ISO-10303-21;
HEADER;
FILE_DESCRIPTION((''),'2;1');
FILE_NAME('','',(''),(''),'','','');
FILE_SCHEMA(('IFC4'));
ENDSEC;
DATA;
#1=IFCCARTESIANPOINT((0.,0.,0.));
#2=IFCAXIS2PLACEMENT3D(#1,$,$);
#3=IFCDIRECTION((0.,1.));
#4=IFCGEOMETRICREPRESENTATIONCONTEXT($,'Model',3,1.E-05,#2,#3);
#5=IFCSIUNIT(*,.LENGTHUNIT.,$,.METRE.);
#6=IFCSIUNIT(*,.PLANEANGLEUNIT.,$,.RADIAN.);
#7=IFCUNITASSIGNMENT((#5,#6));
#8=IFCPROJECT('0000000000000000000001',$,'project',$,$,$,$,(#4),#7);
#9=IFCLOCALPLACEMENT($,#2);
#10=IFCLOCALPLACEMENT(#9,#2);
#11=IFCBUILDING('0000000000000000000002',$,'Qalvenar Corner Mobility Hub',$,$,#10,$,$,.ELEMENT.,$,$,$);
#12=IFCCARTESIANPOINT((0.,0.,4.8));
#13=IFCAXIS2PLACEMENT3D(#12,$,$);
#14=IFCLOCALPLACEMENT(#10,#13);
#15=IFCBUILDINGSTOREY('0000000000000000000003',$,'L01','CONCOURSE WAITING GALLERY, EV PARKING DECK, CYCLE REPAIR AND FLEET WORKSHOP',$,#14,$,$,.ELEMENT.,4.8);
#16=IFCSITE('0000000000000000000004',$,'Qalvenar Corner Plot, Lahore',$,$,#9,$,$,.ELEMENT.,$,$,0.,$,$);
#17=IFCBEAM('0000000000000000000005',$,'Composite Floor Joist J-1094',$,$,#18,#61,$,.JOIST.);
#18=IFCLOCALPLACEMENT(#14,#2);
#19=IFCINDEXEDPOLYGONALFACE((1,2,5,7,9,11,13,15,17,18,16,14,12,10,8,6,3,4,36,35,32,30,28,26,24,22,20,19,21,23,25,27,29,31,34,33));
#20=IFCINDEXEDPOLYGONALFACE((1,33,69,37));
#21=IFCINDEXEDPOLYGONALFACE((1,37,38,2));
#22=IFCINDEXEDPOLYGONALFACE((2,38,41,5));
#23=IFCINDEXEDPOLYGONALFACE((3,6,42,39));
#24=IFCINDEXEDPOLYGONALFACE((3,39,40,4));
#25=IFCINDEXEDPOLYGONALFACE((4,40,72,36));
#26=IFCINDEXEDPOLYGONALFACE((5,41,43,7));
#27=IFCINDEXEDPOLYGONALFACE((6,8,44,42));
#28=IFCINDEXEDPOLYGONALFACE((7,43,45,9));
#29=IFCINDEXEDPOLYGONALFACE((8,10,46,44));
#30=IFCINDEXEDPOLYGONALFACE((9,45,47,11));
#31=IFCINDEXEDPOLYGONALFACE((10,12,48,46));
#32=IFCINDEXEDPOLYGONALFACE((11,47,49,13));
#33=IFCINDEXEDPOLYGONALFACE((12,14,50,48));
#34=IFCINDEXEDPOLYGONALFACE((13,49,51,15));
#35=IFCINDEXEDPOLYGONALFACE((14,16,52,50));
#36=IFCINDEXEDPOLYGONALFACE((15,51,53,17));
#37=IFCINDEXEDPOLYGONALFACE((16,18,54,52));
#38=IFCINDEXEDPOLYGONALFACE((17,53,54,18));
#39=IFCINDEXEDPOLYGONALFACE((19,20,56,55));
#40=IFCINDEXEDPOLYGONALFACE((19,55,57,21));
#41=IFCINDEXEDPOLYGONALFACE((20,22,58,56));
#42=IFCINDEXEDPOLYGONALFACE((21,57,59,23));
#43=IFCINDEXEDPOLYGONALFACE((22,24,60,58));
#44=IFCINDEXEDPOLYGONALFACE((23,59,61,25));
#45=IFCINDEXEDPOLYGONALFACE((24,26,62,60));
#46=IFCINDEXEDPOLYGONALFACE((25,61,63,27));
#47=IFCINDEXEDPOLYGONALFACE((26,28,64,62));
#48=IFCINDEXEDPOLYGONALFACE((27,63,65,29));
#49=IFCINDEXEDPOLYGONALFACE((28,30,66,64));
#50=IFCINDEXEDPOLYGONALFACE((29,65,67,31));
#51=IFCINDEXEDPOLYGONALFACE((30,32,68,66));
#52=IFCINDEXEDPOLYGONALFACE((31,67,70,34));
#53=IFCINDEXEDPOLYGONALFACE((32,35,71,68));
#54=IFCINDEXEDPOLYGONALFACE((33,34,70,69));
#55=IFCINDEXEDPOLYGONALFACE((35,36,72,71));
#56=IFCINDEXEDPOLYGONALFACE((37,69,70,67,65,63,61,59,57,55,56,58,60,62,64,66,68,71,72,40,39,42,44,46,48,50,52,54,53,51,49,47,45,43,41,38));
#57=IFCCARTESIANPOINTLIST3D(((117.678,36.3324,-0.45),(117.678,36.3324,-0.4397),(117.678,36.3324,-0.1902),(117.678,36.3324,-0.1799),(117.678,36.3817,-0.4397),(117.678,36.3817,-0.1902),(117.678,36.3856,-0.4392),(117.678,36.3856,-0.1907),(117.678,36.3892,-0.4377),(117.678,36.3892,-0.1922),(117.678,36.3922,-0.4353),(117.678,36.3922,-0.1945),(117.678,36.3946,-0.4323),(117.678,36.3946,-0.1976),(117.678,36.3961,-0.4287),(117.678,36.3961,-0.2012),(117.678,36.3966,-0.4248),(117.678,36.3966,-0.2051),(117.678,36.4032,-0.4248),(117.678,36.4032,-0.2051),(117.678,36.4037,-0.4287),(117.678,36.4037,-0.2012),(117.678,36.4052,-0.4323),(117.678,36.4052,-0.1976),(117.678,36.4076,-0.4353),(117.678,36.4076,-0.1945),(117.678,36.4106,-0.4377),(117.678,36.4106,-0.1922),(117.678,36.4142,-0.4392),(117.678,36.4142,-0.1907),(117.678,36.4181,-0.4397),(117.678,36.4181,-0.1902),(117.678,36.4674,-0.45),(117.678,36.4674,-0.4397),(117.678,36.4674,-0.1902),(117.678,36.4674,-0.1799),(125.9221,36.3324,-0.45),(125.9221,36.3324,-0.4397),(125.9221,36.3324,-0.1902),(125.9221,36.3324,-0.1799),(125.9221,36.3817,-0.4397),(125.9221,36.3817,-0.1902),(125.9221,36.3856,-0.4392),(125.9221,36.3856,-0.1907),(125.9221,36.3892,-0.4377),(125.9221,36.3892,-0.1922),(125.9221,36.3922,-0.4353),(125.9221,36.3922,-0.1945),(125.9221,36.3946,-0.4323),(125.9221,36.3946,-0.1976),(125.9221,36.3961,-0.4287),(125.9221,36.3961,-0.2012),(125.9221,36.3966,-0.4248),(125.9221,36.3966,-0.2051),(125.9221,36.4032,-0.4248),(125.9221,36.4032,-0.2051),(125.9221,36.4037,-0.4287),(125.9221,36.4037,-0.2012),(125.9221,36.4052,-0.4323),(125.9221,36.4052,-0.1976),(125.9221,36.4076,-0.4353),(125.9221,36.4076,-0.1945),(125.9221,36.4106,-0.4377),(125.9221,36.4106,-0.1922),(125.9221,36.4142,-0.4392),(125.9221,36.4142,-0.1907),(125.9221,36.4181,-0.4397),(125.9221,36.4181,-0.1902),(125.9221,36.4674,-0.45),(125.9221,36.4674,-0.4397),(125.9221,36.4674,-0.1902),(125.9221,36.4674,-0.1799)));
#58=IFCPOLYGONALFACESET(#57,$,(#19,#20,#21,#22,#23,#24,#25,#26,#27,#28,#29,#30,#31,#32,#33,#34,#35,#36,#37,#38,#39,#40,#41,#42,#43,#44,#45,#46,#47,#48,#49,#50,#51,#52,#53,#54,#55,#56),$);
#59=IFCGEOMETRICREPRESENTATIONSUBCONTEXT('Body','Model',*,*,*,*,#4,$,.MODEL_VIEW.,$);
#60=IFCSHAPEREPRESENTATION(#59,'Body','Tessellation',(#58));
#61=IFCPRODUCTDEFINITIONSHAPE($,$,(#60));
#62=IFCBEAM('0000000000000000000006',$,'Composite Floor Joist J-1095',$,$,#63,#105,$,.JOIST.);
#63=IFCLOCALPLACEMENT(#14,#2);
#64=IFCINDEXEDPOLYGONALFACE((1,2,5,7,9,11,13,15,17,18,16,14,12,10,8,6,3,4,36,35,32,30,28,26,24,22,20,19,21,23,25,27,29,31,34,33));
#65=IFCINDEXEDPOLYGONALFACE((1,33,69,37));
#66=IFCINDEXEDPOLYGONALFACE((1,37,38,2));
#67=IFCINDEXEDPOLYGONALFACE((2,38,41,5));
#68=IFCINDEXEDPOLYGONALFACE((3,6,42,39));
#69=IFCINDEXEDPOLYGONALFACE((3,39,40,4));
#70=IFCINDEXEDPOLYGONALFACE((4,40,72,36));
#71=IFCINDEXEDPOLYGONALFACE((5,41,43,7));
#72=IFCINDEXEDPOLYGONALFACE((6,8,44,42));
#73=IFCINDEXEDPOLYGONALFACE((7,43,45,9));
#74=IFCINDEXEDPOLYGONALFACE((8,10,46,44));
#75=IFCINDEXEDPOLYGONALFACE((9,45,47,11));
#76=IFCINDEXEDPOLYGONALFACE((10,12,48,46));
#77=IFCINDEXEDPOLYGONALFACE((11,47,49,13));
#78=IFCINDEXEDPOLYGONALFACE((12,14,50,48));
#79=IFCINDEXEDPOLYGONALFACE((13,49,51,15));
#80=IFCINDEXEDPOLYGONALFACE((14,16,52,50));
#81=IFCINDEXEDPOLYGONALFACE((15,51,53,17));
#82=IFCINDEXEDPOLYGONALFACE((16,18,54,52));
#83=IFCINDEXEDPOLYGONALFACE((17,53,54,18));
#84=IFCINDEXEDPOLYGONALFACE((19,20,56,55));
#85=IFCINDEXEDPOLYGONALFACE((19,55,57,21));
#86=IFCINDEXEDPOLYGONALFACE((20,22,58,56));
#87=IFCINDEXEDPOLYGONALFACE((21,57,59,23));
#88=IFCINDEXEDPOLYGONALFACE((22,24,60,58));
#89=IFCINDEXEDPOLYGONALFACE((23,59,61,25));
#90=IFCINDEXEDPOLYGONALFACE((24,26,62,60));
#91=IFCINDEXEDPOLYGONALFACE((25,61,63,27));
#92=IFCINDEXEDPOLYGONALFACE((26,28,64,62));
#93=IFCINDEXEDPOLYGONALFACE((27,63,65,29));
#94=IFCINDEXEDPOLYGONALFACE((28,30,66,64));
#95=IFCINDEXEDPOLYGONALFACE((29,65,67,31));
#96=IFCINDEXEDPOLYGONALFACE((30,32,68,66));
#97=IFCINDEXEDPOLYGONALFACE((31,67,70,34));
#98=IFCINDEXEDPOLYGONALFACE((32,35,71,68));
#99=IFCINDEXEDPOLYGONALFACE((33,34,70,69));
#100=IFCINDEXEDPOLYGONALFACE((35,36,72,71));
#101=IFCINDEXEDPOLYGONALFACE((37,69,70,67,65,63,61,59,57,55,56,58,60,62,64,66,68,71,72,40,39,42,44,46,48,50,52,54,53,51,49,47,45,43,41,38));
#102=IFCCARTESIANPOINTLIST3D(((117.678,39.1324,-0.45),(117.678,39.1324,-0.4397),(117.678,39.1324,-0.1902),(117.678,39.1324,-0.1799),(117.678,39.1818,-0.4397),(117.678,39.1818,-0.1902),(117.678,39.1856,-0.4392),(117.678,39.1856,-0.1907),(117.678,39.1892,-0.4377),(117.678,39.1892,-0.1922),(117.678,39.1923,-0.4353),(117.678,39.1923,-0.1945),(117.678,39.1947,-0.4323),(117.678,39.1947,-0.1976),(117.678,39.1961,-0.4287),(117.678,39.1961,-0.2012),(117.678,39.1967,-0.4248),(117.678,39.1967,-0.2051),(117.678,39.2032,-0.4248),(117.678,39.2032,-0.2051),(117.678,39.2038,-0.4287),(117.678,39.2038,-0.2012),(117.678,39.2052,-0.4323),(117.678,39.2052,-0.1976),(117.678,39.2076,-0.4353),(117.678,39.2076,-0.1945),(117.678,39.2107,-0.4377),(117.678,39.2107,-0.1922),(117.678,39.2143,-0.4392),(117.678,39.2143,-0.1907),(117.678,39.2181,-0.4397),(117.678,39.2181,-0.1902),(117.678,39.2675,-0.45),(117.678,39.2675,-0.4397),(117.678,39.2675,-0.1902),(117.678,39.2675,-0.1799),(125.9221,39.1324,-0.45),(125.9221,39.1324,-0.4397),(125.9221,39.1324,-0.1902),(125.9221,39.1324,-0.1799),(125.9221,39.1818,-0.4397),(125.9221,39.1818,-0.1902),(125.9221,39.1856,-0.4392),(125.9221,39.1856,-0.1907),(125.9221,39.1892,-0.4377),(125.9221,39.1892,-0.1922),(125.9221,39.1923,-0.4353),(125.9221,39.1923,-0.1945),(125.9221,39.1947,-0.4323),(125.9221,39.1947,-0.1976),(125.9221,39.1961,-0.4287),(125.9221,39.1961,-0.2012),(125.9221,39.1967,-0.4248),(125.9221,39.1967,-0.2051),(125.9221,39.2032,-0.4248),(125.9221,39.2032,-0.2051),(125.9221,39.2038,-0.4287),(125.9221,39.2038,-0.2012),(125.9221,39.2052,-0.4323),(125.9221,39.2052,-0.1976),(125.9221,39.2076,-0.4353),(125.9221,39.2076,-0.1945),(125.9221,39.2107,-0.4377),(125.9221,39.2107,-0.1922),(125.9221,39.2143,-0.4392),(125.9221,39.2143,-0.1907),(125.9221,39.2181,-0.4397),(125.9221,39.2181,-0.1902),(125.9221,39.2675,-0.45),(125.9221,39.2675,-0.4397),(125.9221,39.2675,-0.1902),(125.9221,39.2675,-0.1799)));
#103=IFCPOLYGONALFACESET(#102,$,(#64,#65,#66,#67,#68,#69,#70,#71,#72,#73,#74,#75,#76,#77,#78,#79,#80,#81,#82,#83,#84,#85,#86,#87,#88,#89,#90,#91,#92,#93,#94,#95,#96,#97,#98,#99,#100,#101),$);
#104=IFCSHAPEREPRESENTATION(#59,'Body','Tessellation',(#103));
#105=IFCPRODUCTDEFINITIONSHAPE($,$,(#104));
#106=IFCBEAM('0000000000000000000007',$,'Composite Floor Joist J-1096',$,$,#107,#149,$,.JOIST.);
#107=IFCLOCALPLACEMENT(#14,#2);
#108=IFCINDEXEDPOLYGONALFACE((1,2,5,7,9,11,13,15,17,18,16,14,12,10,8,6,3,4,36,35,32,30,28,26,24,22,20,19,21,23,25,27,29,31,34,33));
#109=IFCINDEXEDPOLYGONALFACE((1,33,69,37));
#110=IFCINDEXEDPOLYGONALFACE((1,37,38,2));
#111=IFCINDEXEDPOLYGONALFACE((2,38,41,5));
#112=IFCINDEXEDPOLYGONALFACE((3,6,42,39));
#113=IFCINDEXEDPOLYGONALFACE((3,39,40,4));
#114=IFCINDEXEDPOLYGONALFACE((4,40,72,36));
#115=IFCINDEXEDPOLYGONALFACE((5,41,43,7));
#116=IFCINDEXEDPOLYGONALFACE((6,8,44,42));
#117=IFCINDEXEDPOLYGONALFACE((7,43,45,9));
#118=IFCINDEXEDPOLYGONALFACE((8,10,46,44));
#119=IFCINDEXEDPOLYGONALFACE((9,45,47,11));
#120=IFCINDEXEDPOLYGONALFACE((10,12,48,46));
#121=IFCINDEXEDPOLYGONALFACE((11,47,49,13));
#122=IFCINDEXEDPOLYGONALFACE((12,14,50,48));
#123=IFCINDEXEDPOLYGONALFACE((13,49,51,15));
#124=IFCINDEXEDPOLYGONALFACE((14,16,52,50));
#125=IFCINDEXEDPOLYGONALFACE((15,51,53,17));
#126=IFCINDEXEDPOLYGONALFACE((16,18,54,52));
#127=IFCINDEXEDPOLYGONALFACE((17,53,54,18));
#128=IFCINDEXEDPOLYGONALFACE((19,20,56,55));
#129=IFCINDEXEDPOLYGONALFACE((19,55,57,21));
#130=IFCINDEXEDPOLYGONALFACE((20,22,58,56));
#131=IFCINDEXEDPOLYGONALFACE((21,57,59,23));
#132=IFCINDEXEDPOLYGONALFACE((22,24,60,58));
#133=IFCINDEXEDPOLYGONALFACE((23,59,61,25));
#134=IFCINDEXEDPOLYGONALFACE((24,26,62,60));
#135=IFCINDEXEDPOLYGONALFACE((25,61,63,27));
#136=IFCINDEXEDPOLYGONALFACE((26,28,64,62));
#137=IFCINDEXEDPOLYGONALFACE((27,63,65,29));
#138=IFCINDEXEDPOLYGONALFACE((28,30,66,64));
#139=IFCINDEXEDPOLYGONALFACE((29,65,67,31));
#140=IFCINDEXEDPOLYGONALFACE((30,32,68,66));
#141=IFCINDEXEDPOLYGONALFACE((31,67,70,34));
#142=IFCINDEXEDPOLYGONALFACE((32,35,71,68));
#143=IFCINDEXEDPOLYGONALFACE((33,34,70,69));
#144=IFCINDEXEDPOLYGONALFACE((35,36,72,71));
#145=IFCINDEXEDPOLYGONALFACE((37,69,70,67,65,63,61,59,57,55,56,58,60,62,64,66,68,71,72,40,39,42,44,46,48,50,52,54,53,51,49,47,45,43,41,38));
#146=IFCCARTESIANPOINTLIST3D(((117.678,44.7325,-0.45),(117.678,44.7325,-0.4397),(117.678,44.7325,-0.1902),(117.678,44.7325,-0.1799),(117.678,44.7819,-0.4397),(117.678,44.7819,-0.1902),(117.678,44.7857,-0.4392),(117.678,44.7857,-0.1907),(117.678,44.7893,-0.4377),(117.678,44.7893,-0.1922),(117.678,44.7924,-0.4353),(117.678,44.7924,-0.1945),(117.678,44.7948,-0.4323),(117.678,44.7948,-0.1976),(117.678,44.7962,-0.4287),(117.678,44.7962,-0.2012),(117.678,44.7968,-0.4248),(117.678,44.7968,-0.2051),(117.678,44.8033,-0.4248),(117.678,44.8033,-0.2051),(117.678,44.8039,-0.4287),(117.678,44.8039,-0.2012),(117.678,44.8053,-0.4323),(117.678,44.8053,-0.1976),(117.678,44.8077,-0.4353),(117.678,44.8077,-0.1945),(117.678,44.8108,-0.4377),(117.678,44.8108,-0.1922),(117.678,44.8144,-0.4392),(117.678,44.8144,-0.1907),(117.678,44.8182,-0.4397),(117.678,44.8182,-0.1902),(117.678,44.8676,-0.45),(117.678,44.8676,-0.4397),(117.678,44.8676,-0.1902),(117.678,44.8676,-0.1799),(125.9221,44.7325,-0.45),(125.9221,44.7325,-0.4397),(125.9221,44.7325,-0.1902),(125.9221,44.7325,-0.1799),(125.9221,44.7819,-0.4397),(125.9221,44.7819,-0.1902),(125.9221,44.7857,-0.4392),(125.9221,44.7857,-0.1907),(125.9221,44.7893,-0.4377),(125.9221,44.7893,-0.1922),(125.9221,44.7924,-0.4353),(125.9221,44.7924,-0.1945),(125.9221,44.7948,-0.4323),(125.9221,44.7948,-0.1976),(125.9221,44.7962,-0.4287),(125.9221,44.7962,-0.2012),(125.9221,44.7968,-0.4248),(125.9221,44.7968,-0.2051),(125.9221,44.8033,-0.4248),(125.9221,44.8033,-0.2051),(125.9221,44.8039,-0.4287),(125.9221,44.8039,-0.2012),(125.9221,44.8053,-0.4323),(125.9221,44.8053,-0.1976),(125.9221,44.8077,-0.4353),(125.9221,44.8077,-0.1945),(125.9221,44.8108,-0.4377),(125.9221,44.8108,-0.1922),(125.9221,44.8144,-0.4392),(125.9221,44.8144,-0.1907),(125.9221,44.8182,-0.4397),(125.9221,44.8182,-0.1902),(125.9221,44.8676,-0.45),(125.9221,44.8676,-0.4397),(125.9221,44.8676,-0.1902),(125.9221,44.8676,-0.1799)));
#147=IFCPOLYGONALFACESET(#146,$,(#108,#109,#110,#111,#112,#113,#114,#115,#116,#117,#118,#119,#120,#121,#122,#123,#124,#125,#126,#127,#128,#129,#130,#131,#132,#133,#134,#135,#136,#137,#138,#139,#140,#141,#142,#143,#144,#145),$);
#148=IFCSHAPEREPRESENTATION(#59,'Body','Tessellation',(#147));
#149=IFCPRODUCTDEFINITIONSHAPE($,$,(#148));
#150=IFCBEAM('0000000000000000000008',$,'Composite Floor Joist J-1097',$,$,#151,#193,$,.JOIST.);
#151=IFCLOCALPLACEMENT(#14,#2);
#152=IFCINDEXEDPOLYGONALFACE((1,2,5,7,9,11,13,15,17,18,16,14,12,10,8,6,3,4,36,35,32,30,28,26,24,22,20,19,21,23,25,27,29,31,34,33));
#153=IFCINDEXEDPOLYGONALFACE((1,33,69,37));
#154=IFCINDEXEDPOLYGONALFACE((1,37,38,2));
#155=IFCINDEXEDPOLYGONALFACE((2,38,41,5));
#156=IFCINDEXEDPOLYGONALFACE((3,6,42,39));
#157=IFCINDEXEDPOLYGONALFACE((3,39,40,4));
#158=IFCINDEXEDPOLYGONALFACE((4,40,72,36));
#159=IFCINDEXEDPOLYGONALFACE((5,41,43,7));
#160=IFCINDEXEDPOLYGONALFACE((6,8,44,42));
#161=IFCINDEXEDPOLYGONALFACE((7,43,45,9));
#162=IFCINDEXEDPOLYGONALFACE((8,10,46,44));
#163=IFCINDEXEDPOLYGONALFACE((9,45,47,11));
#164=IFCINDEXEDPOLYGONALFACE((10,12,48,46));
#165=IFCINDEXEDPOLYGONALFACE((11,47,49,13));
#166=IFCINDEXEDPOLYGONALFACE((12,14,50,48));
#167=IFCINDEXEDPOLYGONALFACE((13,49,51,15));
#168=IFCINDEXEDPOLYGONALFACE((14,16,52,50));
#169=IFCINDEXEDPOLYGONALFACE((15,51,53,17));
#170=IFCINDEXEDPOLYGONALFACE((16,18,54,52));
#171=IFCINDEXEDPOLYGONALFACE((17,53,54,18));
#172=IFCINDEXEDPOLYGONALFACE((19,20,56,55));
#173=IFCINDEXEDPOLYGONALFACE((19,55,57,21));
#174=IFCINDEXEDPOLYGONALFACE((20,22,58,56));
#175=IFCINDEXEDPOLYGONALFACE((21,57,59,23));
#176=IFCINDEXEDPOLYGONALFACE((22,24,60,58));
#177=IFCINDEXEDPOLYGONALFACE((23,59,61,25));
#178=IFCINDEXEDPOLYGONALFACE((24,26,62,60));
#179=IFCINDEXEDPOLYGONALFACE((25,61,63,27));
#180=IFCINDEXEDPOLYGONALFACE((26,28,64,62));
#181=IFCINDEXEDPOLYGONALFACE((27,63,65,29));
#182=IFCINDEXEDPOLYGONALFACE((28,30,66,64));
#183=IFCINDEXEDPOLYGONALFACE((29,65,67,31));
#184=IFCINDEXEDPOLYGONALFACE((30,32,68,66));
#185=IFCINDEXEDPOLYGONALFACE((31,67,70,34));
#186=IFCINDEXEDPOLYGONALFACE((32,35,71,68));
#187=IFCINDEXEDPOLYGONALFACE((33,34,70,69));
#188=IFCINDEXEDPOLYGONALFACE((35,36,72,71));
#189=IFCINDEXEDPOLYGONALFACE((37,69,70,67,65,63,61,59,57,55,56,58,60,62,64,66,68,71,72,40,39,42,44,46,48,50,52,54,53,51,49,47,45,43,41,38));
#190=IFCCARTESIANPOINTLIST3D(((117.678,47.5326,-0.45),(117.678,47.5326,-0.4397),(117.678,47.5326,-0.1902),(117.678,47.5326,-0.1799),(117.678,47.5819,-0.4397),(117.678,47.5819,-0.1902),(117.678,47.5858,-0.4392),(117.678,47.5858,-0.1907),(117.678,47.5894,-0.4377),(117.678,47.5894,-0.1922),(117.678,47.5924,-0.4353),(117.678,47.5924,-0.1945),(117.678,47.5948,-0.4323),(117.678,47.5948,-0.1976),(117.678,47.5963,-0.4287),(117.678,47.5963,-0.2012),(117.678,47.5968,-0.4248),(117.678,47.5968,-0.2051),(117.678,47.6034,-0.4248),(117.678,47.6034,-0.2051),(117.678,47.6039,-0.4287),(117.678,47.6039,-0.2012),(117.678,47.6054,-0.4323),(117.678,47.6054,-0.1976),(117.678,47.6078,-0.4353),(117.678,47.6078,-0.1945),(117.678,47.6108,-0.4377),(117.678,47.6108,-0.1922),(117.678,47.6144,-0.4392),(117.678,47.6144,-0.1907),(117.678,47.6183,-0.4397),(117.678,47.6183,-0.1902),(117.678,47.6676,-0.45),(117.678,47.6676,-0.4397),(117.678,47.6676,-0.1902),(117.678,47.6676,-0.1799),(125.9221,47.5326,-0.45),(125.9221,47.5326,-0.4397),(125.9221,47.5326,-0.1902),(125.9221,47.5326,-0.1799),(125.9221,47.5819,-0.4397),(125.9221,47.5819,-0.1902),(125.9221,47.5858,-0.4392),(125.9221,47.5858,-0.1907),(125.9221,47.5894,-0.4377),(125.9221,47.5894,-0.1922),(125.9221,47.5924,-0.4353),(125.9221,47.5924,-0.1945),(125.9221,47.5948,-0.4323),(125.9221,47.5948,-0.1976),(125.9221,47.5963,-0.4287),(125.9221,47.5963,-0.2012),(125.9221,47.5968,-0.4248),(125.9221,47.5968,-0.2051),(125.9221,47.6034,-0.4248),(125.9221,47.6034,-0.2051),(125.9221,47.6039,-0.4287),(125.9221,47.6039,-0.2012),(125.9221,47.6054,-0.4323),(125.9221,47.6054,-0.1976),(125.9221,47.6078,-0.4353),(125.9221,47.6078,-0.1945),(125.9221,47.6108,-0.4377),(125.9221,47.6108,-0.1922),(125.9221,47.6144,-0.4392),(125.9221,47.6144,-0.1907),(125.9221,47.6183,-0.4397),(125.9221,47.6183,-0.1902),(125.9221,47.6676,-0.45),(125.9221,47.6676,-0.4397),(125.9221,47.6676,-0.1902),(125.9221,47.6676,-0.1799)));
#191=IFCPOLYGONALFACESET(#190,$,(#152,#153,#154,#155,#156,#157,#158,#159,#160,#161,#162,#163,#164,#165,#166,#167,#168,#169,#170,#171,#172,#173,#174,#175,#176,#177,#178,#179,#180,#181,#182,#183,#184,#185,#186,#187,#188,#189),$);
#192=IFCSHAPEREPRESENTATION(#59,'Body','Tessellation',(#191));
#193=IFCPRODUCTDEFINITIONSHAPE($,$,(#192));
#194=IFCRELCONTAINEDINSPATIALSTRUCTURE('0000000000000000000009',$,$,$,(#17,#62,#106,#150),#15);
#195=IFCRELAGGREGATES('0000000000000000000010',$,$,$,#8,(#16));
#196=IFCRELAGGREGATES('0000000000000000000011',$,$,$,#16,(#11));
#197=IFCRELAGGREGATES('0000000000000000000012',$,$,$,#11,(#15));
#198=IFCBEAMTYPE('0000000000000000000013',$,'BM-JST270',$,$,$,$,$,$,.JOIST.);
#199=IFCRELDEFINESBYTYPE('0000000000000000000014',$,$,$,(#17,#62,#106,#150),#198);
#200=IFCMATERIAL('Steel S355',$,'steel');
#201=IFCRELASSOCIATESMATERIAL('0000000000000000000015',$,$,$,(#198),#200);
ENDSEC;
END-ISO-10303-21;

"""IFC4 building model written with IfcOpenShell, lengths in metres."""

from ifc_helpers import new_model, si_unit, direction, frame, origin, origin_2d, place, context, subcontext, project, spatial, i_section, extrude, material, material_profile, profile_set, type_object, element, save


model = new_model("IFC4")

# Units and contexts
model_context = context("Model", 3, precision=1e-05, world=origin(), true_north=direction((0.0, 1.0)))
body_context = subcontext(model_context, "Body", "Model", "MODEL_VIEW")
ifc_project = project(units=[si_unit("LENGTHUNIT", "METRE"), si_unit("PLANEANGLEUNIT", "RADIAN")], contexts=[model_context])

# Site, building, storey
site_placement = place(None, origin())
site = spatial("IfcSite", under=ifc_project, at=site_placement, Name="Qalvenar Corner Plot, Lahore", CompositionType="ELEMENT", RefElevation=0.0)
building_placement = place(site_placement, origin())
building = spatial("IfcBuilding", under=site, at=building_placement, Name="Qalvenar Corner Mobility Hub", CompositionType="ELEMENT")
storey_placement = place(building_placement, frame((0.0, 0.0, 4.8)))
storey = spatial("IfcBuildingStorey", under=building, at=storey_placement, Name="L01", Description="CONCOURSE WAITING GALLERY, EV PARKING DECK, CYCLE REPAIR AND FLEET WORKSHOP", CompositionType="ELEMENT", Elevation=4.8)

# Shared definitions
ifc_material_1 = material(Name="Steel S355", Category="steel")

# Beams
ifc_material_profile_1 = material_profile(ifc_material_1, i_section(OverallWidth=0.135, OverallDepth=0.27, WebThickness=0.0066, FlangeThickness=0.0103, FilletRadius=0.0149, at=origin_2d()), Name="IPE270")
ifc_profile_set_1 = profile_set([ifc_material_profile_1], Name="Steel S355")
beam_type_1 = type_object("IfcBeamType", Name="BM-JST270", PredefinedType="JOIST", material=ifc_profile_set_1)
for number, where, z_axis, x_axis, name in (
    (1, (117.678, 36.3999, -0.3149), (1.0, 0.0, 0.0), (0.0, 1.0, 0.0), "Composite Floor Joist J-1094"),
    (2, (117.678, 39.2, -0.3149), (1.0, 0.0, 0.0), (0.0, 1.0, 0.0), "Composite Floor Joist J-1095"),
    (3, (117.678, 44.8, -0.3149), (1.0, 0.0, 0.0), (0.0, 1.0, 0.0), "Composite Floor Joist J-1096"),
    (4, (117.678, 47.6001, -0.3149), (1.0, 0.0, 0.0), (0.0, 1.0, 0.0), "Composite Floor Joist J-1097"),
):
    element("IfcBeam", number, at=place(storey_placement, frame(where, z_axis=z_axis, x_axis=x_axis)), inside=storey, type_object=beam_type_1, Name=name, PredefinedType="JOIST", context=body_context, shape_type="SweptSolid", body=[
        extrude(i_section(OverallWidth=0.135, OverallDepth=0.27, WebThickness=0.0066, FlangeThickness=0.0103, FilletRadius=0.0149, at=origin_2d()), origin(), (0.0, 0.0, 1.0), 8.2441),
    ])

save(model, "model.ifc")
